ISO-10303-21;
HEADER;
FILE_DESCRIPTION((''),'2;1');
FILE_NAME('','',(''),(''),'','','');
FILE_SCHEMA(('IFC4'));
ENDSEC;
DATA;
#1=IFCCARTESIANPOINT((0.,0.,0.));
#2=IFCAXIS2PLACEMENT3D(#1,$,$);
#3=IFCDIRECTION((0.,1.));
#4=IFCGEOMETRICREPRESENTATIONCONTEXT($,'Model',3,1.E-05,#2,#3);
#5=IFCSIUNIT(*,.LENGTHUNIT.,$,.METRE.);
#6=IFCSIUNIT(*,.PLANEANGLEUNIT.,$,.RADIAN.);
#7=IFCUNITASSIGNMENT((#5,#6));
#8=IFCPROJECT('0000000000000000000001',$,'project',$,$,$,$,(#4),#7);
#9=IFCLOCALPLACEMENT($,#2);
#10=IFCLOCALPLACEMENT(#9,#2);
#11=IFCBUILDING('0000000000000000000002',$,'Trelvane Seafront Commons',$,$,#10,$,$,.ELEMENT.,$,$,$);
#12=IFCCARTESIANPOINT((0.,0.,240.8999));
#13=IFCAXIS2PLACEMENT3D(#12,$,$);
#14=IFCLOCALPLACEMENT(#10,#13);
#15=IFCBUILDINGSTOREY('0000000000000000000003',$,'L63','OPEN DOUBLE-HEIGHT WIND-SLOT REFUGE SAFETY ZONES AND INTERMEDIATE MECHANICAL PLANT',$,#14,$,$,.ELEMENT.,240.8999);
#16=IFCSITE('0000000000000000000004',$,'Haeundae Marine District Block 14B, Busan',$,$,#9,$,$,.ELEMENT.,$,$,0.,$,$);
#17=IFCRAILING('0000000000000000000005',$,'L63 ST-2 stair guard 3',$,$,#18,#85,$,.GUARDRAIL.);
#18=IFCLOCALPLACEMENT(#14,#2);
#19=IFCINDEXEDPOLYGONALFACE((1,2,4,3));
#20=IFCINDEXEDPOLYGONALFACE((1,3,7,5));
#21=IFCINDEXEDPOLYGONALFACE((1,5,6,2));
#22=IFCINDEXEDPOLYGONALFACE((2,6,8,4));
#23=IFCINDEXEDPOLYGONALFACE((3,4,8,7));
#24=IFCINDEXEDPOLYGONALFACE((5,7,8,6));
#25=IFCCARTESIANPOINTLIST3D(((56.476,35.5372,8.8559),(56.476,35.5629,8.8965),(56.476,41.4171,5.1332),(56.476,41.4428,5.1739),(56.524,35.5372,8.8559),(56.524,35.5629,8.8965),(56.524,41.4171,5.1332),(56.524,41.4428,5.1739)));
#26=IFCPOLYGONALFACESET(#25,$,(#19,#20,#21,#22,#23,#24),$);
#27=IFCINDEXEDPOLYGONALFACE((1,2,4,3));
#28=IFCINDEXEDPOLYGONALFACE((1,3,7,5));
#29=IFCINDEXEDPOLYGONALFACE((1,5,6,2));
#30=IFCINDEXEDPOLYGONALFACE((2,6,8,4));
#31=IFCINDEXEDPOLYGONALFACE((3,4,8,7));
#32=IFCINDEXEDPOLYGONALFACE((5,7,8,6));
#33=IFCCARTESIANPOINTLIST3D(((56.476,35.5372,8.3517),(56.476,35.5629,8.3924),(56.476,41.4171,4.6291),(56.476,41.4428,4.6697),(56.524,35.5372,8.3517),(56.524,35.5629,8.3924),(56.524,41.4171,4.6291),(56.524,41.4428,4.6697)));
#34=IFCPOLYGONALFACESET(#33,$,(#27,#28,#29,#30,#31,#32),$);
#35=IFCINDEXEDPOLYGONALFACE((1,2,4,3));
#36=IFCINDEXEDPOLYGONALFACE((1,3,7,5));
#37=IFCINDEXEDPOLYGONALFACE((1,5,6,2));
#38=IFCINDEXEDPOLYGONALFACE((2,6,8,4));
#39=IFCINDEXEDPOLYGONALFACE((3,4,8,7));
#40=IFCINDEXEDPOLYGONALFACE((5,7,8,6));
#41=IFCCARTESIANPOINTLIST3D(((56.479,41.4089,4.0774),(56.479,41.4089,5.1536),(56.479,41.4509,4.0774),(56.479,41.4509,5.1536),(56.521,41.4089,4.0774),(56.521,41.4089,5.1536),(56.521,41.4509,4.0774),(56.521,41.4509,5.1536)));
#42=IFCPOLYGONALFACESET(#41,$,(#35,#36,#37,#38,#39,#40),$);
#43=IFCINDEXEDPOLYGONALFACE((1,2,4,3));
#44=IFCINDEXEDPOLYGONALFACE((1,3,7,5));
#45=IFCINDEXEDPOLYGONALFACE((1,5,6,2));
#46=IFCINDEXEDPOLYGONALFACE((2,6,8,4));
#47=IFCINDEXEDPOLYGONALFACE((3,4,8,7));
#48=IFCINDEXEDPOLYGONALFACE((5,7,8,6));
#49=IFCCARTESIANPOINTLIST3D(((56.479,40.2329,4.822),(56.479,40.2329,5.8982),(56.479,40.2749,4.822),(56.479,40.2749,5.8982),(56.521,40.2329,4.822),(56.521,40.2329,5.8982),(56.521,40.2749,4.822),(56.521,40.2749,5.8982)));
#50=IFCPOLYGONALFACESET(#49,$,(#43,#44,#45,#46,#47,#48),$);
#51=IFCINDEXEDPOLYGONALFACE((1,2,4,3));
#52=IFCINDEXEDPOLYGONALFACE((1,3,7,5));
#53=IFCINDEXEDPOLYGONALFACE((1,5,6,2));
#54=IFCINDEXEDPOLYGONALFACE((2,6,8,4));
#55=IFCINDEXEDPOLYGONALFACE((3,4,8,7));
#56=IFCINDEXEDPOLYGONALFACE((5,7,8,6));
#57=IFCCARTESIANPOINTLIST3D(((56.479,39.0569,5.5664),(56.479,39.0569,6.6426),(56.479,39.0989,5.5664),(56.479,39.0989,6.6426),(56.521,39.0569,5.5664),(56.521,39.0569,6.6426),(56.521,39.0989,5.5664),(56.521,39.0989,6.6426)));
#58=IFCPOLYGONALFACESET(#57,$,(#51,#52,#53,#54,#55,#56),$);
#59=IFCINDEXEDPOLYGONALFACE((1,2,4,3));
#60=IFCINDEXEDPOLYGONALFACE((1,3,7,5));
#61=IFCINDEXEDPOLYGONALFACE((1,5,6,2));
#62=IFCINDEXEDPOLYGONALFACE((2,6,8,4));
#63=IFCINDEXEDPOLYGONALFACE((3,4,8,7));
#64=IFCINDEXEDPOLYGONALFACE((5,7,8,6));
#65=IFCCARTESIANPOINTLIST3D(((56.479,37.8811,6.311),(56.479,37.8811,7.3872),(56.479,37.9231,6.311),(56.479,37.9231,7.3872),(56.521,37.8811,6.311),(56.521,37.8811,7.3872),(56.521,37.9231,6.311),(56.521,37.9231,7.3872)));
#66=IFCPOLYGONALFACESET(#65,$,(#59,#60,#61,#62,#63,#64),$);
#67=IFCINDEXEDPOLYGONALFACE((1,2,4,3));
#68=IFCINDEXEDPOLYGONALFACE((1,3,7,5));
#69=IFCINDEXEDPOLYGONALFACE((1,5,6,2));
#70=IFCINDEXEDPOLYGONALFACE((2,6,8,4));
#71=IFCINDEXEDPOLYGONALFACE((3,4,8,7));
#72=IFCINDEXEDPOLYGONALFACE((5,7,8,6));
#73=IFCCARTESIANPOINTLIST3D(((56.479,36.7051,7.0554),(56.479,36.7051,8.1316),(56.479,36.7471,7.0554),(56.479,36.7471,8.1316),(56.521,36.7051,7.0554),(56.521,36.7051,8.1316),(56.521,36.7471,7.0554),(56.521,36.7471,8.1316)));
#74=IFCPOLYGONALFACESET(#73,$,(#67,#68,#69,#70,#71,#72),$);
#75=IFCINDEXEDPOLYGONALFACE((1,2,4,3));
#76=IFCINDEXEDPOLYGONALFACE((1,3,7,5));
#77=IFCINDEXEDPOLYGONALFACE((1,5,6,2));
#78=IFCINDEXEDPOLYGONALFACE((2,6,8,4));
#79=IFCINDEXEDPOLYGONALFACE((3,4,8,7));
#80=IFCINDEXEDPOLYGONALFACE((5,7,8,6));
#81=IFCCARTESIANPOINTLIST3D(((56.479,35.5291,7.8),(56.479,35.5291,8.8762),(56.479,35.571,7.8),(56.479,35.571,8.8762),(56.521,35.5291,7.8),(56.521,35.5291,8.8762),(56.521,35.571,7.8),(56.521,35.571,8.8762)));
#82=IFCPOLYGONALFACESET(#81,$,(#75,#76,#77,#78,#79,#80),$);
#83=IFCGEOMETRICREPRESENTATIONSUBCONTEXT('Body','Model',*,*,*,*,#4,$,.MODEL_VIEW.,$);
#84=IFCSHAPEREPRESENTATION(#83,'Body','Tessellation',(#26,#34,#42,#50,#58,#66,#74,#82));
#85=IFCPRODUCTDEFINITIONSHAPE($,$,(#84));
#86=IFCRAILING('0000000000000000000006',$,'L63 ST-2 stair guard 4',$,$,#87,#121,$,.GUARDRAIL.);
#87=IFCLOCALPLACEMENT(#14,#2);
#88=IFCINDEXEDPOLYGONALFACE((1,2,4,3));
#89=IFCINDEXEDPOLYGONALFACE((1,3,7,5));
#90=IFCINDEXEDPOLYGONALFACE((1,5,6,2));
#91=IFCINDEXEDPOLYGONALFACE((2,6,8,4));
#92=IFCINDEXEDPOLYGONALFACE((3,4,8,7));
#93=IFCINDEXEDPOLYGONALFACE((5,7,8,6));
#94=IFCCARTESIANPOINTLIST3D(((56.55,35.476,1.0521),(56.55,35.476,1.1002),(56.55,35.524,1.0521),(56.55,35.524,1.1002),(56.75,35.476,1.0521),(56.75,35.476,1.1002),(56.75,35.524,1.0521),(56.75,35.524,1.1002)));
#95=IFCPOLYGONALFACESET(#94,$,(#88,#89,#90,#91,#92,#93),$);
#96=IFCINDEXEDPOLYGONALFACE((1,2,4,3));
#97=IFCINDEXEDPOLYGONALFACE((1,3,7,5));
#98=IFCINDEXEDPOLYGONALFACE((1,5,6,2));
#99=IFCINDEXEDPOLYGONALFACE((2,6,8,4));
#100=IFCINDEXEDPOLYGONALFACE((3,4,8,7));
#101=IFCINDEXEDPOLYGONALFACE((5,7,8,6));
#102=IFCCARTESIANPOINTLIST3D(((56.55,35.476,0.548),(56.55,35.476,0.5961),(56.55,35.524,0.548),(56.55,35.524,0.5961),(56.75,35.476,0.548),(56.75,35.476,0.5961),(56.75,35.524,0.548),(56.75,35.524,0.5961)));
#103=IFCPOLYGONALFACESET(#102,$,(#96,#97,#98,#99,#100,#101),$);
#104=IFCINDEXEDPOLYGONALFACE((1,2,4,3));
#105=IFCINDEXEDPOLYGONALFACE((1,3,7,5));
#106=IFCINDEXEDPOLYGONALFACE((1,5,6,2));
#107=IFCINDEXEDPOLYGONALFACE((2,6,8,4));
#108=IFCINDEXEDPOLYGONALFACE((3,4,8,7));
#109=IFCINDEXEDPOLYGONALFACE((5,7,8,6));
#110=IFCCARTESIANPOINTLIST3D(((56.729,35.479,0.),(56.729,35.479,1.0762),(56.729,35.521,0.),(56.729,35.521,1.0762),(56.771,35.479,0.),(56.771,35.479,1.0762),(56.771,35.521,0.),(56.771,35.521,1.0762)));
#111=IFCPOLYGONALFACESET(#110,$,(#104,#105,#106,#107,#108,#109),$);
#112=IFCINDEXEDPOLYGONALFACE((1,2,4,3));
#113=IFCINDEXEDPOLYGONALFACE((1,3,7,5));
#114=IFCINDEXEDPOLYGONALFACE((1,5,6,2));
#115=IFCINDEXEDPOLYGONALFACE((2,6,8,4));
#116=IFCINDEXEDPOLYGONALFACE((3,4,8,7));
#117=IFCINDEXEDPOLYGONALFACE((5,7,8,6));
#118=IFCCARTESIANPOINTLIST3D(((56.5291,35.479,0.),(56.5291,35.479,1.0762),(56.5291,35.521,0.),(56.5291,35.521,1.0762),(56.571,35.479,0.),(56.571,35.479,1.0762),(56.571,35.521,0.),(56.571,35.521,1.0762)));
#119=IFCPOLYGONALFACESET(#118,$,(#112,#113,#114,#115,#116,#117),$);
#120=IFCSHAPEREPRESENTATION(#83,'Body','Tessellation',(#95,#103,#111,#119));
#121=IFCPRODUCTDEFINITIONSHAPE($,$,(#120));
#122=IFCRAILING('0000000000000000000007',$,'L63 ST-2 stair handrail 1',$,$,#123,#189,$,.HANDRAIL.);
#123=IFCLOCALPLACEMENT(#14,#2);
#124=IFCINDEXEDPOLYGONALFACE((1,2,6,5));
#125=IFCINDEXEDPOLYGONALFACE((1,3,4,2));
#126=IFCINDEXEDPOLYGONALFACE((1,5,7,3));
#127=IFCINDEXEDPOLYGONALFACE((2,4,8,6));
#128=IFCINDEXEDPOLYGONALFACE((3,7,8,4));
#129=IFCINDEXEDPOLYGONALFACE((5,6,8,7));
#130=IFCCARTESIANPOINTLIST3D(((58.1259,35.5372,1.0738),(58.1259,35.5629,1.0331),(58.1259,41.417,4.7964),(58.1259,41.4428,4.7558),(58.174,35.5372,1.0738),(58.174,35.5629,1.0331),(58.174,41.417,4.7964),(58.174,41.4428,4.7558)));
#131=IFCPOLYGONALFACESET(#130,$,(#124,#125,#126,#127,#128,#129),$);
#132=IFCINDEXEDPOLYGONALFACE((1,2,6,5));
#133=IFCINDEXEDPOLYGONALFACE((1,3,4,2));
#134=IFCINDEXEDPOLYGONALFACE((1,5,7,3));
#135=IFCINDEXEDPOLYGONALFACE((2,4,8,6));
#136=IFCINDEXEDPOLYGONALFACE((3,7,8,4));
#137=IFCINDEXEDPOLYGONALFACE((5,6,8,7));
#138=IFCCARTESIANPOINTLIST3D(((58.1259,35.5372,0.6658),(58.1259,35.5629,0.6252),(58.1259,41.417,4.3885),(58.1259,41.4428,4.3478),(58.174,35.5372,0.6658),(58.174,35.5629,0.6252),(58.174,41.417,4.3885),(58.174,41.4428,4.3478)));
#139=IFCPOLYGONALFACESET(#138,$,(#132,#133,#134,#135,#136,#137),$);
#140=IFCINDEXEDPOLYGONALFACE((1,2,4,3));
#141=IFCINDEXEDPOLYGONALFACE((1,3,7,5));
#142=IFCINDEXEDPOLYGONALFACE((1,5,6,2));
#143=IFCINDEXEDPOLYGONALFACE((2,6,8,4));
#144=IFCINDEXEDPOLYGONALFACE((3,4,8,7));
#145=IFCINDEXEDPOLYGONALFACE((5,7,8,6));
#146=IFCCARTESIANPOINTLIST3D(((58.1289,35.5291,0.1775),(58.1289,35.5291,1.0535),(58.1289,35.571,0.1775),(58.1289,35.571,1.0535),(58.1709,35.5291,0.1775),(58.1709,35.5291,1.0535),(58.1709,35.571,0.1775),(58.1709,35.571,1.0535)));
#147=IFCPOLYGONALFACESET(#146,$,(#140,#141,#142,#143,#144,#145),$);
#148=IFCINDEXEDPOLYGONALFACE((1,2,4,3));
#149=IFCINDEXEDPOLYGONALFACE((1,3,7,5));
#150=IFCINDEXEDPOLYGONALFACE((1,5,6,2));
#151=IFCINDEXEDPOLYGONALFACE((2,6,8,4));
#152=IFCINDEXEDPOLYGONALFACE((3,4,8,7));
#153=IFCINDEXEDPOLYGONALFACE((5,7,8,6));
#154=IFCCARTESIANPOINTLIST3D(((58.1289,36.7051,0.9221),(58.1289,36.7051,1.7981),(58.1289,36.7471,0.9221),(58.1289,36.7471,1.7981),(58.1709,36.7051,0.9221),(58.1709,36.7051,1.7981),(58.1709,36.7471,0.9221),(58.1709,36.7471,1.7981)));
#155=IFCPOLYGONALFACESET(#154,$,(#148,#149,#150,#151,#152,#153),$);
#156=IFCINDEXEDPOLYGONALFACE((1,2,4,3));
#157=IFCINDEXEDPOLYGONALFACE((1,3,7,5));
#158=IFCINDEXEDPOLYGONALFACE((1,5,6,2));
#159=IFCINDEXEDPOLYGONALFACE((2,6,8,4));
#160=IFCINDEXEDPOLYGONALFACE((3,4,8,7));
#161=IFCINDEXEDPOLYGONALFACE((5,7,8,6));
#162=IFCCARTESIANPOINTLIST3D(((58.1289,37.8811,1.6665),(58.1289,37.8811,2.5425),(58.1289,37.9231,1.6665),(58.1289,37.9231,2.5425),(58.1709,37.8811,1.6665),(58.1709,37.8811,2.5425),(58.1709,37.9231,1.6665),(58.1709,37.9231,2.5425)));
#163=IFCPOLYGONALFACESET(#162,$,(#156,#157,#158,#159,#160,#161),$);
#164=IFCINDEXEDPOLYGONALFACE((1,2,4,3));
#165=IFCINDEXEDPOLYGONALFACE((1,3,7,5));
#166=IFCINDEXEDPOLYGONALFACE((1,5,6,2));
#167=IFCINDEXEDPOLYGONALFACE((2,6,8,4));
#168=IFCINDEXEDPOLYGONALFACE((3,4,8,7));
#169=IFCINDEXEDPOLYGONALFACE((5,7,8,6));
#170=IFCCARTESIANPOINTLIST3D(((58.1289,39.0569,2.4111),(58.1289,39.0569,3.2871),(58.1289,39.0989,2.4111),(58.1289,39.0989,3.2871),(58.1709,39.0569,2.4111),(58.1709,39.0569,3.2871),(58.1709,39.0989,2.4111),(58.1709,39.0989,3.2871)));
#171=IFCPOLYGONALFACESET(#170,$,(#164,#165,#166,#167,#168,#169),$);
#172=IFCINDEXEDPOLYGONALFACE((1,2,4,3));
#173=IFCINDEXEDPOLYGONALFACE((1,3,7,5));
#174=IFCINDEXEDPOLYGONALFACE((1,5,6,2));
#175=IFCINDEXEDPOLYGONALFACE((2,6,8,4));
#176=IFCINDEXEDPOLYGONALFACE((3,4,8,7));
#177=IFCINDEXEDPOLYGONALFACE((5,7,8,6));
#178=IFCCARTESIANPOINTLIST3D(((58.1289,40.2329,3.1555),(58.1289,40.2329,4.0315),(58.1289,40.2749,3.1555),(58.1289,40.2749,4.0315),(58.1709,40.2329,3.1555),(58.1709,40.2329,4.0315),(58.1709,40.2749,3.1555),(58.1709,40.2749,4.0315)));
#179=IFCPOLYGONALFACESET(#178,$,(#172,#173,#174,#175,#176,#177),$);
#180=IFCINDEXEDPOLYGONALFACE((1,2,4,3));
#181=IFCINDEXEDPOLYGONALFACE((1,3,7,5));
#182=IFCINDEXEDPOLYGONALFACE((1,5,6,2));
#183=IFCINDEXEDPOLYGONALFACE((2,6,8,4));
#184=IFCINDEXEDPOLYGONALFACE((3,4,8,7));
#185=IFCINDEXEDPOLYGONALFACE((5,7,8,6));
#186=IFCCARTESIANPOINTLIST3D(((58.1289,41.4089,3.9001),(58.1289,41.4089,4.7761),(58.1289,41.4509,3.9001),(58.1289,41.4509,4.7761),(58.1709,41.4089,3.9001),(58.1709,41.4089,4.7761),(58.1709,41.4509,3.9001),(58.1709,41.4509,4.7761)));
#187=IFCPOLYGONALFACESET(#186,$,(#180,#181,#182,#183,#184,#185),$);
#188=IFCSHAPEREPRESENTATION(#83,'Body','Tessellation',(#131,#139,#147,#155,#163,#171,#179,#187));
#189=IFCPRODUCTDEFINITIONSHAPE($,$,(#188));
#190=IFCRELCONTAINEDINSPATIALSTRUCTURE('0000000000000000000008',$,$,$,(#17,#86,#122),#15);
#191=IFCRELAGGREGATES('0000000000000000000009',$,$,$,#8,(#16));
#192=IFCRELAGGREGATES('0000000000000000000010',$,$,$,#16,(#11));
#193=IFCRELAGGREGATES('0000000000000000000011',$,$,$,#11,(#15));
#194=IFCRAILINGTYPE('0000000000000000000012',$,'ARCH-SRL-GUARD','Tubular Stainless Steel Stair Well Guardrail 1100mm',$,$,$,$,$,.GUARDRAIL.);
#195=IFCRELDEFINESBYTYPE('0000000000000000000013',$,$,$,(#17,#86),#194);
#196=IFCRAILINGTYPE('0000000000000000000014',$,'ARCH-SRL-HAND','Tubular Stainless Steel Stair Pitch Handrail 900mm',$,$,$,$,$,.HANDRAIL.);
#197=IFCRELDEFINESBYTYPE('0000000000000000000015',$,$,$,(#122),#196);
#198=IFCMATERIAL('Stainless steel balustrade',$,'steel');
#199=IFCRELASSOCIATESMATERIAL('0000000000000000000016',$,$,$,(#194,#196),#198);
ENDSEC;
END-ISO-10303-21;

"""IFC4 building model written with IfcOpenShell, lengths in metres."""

from ifc_helpers import new_model, si_unit, direction, frame, origin, origin_2d, place, context, subcontext, project, spatial, rectangle, extrude, material, type_object, element, save


model = new_model("IFC4")

# Units and contexts
model_context = context("Model", 3, precision=1e-05, world=origin(), true_north=direction((0.0, 1.0)))
body_context = subcontext(model_context, "Body", "Model", "MODEL_VIEW")
ifc_project = project(units=[si_unit("LENGTHUNIT", "METRE"), si_unit("PLANEANGLEUNIT", "RADIAN")], contexts=[model_context])

# Site, building, storey
site_placement = place(None, origin())
site = spatial("IfcSite", under=ifc_project, at=site_placement, Name="Haeundae Marine District Block 14B, Busan", CompositionType="ELEMENT", RefElevation=0.0)
building_placement = place(site_placement, origin())
building = spatial("IfcBuilding", under=site, at=building_placement, Name="Trelvane Seafront Commons", CompositionType="ELEMENT")
storey_placement = place(building_placement, frame((0.0, 0.0, 240.8999)))
storey = spatial("IfcBuildingStorey", under=building, at=storey_placement, Name="L63", Description="OPEN DOUBLE-HEIGHT WIND-SLOT REFUGE SAFETY ZONES AND INTERMEDIATE MECHANICAL PLANT", CompositionType="ELEMENT", Elevation=240.8999)

# Railings
ifc_material_1 = material(Name="Stainless steel balustrade", Category="steel")
railing_type_1 = type_object("IfcRailingType", Name="ARCH-SRL-GUARD", Description="Tubular Stainless Steel Stair Well Guardrail 1100mm", PredefinedType="GUARDRAIL", material=ifc_material_1)
railing_1_placement = place(storey_placement, frame((56.5, 41.4299, 4.0774)))
element("IfcRailing", 1, at=railing_1_placement, inside=storey, type_object=railing_type_1, Name="L63 ST-2 stair guard 3", PredefinedType="GUARDRAIL", context=body_context, shape_type="SweptSolid", body=[
    extrude(rectangle(XDim=0.0481, YDim=0.0481, at=origin_2d()), frame((0.0, 0.0, 1.0762), z_axis=(0.0, -0.844902, 0.534922), x_axis=(1.0, 0.0, 0.0)), (0.0, 0.0, 1.0), 6.9592),
    extrude(rectangle(XDim=0.0481, YDim=0.0481, at=origin_2d()), frame((0.0, 0.0, 0.572), z_axis=(0.0, -0.844902, 0.534922), x_axis=(1.0, 0.0, 0.0)), (0.0, 0.0, 1.0), 6.9592),
    extrude(rectangle(XDim=0.042, YDim=0.042, at=origin_2d()), origin(), (0.0, 0.0, 1.0), 1.0762),
    extrude(rectangle(XDim=0.042, YDim=0.042, at=origin_2d()), frame((0.0, -1.176, 0.7446)), (0.0, 0.0, 1.0), 1.0762),
    extrude(rectangle(XDim=0.042, YDim=0.042, at=origin_2d()), frame((0.0, -2.3521, 1.489)), (0.0, 0.0, 1.0), 1.0762),
    extrude(rectangle(XDim=0.042, YDim=0.042, at=origin_2d()), frame((0.0, -3.5278, 2.2336)), (0.0, 0.0, 1.0), 1.0762),
    extrude(rectangle(XDim=0.042, YDim=0.042, at=origin_2d()), frame((0.0, -4.7039, 2.978)), (0.0, 0.0, 1.0), 1.0762),
    extrude(rectangle(XDim=0.042, YDim=0.042, at=origin_2d()), frame((0.0, -5.8799, 3.7227)), (0.0, 0.0, 1.0), 1.0762),
])
railing_2_placement = place(storey_placement, frame((56.75, 35.5, 0.0)))
element("IfcRailing", 2, at=railing_2_placement, inside=storey, type_object=railing_type_1, Name="L63 ST-2 stair guard 4", PredefinedType="GUARDRAIL", context=body_context, shape_type="SweptSolid", body=[
    extrude(rectangle(XDim=0.0481, YDim=0.0481, at=origin_2d()), frame((0.0, 0.0, 1.0762), z_axis=(-1.0, 0.0, 0.0), x_axis=(0.0, -1.0, 0.0)), (0.0, 0.0, 1.0), 0.2),
    extrude(rectangle(XDim=0.0481, YDim=0.0481, at=origin_2d()), frame((0.0, 0.0, 0.572), z_axis=(-1.0, 0.0, 0.0), x_axis=(0.0, -1.0, 0.0)), (0.0, 0.0, 1.0), 0.2),
    extrude(rectangle(XDim=0.042, YDim=0.042, at=origin_2d()), origin(), (0.0, 0.0, 1.0), 1.0762),
    extrude(rectangle(XDim=0.042, YDim=0.042, at=origin_2d()), frame((-0.2, 0.0, 0.0)), (0.0, 0.0, 1.0), 1.0762),
])
railing_type_2 = type_object("IfcRailingType", Name="ARCH-SRL-HAND", Description="Tubular Stainless Steel Stair Pitch Handrail 900mm", PredefinedType="HANDRAIL", material=ifc_material_1)
railing_3_placement = place(storey_placement, frame((58.1499, 35.55, 0.1775)))
element("IfcRailing", 3, at=railing_3_placement, inside=storey, type_object=railing_type_2, Name="L63 ST-2 stair handrail 1", PredefinedType="HANDRAIL", context=body_context, shape_type="SweptSolid", body=[
    extrude(rectangle(XDim=0.0481, YDim=0.0481, at=origin_2d()), frame((0.0, 0.0, 0.876), z_axis=(0.0, 0.844902, 0.534922), x_axis=(-1.0, 0.0, 0.0)), (0.0, 0.0, 1.0), 6.9592),
    extrude(rectangle(XDim=0.0481, YDim=0.0481, at=origin_2d()), frame((0.0, 0.0, 0.468), z_axis=(0.0, 0.844902, 0.534922), x_axis=(-1.0, 0.0, 0.0)), (0.0, 0.0, 1.0), 6.9592),
    extrude(rectangle(XDim=0.042, YDim=0.042, at=origin_2d()), origin(), (0.0, 0.0, 1.0), 0.876),
    extrude(rectangle(XDim=0.042, YDim=0.042, at=origin_2d()), frame((0.0, 1.176, 0.7446)), (0.0, 0.0, 1.0), 0.876),
    extrude(rectangle(XDim=0.042, YDim=0.042, at=origin_2d()), frame((0.0, 2.3521, 1.489)), (0.0, 0.0, 1.0), 0.876),
    extrude(rectangle(XDim=0.042, YDim=0.042, at=origin_2d()), frame((0.0, 3.5278, 2.2336)), (0.0, 0.0, 1.0), 0.876),
    extrude(rectangle(XDim=0.042, YDim=0.042, at=origin_2d()), frame((0.0, 4.7039, 2.978)), (0.0, 0.0, 1.0), 0.876),
    extrude(rectangle(XDim=0.042, YDim=0.042, at=origin_2d()), frame((0.0, 5.8799, 3.7227)), (0.0, 0.0, 1.0), 0.876),
])

save(model, "model.ifc")
